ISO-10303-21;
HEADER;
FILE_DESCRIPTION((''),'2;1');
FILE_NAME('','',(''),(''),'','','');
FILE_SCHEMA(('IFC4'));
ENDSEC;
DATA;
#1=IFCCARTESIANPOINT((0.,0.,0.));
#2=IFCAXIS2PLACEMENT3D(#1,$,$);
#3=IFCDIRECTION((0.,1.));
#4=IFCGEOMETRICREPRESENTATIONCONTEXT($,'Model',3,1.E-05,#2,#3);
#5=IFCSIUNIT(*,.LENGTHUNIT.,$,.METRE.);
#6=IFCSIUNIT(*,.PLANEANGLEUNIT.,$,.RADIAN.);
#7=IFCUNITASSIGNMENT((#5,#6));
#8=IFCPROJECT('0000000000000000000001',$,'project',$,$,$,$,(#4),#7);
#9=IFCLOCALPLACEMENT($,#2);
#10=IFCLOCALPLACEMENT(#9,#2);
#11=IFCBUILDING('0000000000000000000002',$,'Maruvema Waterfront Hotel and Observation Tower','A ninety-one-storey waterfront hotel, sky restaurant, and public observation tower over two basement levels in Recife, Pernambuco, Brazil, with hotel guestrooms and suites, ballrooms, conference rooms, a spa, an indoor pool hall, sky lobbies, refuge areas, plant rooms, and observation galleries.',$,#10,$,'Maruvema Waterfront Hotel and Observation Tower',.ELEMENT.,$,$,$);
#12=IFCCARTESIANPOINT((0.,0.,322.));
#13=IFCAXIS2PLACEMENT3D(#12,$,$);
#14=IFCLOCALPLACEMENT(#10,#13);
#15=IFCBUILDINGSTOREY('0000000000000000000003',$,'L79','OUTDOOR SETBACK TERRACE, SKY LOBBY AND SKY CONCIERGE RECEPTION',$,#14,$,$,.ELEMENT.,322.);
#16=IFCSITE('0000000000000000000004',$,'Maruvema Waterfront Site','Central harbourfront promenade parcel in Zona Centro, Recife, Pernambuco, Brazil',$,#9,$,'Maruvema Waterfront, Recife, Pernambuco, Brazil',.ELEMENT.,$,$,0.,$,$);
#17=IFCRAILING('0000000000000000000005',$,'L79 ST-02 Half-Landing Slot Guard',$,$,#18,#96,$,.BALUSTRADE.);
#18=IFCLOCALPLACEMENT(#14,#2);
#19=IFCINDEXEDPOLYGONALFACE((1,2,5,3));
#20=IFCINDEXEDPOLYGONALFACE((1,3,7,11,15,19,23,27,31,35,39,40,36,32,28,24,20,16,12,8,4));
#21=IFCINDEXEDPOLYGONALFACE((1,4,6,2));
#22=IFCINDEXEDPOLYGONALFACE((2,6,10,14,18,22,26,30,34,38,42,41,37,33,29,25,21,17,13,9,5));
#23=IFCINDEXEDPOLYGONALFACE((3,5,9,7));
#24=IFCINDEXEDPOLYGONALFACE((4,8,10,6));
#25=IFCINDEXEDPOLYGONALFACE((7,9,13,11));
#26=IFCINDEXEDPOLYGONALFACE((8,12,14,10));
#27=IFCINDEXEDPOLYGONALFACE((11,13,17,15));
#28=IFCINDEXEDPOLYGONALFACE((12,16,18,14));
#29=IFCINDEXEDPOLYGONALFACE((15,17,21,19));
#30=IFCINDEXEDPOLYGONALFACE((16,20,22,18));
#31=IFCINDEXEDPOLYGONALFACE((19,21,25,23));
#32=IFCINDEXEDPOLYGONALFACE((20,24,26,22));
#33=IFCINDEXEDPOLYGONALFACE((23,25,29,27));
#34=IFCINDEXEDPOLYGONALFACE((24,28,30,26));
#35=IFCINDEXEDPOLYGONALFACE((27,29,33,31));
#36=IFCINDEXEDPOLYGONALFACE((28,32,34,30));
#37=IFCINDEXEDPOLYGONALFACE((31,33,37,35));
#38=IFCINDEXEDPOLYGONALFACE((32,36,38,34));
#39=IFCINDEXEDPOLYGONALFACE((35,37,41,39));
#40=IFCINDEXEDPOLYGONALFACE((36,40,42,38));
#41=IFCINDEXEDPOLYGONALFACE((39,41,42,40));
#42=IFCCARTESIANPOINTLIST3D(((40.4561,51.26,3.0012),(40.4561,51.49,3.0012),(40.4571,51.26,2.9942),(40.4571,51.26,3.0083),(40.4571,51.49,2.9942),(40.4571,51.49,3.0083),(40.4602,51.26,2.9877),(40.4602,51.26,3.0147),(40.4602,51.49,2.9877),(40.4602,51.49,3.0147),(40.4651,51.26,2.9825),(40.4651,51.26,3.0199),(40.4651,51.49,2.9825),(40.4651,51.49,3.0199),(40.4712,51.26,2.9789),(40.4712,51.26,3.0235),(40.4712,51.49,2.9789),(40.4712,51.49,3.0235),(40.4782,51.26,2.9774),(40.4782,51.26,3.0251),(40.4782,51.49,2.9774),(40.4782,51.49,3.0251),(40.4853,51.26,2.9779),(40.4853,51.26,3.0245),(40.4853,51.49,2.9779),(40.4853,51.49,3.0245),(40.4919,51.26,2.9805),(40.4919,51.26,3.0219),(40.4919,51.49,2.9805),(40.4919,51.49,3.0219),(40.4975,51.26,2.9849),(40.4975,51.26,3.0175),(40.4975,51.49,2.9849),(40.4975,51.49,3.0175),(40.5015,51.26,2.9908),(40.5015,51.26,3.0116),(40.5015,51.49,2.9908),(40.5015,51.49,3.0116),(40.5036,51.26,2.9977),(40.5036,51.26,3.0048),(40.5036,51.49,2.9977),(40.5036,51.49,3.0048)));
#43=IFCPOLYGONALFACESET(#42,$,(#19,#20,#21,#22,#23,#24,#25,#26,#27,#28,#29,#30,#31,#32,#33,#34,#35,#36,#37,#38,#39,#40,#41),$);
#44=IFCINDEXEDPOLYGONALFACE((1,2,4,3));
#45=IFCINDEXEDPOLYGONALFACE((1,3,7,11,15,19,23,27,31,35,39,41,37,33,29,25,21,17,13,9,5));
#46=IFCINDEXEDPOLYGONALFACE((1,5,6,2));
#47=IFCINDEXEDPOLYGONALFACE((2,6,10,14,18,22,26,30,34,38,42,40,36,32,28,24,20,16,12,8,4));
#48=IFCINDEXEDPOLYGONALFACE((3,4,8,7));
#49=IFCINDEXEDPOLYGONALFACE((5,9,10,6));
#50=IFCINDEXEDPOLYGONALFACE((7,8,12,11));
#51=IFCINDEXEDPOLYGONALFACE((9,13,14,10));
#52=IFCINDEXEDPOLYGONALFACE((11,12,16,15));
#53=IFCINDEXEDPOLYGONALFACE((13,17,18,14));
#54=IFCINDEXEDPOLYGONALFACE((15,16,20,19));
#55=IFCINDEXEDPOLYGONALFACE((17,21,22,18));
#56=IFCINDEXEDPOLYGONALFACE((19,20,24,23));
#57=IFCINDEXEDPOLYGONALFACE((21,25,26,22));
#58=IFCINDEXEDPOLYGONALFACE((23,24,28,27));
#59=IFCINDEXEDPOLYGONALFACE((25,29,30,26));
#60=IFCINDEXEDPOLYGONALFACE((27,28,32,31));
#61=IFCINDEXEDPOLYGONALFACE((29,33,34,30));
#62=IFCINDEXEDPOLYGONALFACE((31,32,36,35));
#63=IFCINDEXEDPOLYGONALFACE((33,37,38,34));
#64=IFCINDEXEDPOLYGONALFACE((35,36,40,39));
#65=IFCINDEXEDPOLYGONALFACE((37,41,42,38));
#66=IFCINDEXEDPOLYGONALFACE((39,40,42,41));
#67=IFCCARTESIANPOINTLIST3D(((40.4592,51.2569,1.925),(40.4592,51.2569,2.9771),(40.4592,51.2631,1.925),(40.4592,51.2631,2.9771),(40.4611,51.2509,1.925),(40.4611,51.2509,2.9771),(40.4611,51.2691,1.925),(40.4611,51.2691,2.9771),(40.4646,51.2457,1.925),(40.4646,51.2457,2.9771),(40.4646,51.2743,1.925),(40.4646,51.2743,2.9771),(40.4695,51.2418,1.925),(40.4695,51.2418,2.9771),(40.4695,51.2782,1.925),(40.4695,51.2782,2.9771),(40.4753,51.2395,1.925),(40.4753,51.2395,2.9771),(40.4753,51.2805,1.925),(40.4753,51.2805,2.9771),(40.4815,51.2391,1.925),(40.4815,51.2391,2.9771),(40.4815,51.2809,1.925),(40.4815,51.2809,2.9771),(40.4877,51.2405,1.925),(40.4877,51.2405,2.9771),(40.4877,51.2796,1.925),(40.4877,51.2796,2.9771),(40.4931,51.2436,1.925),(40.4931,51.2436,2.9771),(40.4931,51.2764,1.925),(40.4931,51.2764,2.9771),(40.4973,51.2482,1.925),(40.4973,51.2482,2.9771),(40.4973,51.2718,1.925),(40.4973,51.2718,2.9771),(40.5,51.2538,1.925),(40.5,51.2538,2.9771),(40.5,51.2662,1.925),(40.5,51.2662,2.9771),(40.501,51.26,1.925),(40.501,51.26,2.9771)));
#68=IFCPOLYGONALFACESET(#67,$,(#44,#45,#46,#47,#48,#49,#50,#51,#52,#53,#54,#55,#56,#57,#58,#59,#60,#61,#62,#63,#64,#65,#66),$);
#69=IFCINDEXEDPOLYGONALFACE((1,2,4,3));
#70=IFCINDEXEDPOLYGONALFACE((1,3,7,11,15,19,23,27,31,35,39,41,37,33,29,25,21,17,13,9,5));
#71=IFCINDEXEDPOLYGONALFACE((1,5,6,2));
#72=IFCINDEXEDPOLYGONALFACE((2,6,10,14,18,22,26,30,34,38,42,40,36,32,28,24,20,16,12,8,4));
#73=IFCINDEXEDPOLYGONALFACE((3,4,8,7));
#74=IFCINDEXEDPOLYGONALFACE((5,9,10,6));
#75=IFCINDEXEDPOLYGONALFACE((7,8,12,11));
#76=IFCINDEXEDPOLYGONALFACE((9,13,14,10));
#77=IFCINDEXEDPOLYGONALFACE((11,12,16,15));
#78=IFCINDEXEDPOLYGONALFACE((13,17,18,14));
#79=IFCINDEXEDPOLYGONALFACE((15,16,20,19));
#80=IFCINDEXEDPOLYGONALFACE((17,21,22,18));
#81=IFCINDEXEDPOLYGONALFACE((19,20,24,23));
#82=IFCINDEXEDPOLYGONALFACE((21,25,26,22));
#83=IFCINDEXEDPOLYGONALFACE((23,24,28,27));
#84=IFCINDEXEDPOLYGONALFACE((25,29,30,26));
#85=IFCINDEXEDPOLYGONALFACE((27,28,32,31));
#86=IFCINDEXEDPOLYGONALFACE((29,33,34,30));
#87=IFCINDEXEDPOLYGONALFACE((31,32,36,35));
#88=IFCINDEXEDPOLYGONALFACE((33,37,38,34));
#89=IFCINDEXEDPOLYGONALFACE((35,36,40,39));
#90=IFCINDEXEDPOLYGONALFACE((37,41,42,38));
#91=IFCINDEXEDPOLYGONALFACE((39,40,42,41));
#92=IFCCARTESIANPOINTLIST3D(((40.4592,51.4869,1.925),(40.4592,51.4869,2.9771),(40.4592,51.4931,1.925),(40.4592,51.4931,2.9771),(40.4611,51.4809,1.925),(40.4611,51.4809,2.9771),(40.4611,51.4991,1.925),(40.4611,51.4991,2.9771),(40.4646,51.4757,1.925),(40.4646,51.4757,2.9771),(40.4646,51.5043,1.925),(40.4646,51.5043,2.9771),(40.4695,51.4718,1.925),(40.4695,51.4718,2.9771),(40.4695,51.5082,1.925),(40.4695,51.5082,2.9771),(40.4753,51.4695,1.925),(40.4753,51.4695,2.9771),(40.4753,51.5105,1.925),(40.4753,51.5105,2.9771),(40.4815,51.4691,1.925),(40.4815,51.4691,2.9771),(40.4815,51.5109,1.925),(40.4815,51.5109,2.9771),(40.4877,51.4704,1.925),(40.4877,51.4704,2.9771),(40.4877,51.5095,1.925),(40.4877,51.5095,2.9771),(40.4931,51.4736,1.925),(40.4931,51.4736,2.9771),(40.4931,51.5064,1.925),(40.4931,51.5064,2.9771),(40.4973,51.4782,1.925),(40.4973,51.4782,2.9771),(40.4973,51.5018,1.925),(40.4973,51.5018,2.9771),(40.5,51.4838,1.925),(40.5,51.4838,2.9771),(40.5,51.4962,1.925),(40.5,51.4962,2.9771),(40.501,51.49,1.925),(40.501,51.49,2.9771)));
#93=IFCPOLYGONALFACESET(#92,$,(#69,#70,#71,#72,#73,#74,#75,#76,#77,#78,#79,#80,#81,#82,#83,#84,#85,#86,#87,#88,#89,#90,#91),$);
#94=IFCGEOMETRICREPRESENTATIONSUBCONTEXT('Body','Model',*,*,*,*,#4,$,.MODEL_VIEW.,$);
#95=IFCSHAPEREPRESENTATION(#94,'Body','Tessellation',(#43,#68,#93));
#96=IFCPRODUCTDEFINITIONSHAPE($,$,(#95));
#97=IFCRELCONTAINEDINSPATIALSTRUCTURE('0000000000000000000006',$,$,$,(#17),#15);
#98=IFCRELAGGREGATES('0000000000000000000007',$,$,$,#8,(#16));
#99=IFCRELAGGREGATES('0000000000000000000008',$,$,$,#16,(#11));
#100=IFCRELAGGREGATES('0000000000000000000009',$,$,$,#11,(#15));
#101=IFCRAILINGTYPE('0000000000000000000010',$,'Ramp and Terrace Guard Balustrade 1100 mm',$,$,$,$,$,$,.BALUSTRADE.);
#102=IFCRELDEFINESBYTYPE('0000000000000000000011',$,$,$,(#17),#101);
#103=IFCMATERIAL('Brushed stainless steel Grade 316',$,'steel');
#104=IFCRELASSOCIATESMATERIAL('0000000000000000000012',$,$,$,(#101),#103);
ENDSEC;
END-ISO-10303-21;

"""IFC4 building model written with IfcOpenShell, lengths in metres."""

from ifc_helpers import new_model, si_unit, direction, frame, origin, origin_2d, place, context, subcontext, project, spatial, circle, extrude, material, type_object, element, save


model = new_model("IFC4")

# Units and contexts
model_context = context("Model", 3, precision=1e-05, world=origin(), true_north=direction((0.0, 1.0)))
body_context = subcontext(model_context, "Body", "Model", "MODEL_VIEW")
ifc_project = project(units=[si_unit("LENGTHUNIT", "METRE"), si_unit("PLANEANGLEUNIT", "RADIAN")], contexts=[model_context])

# Site, building, storey
site_placement = place(None, origin())
site = spatial("IfcSite", under=ifc_project, at=site_placement, Name="Maruvema Waterfront Site", Description="Central harbourfront promenade parcel in Zona Centro, Recife, Pernambuco, Brazil", LongName="Maruvema Waterfront, Recife, Pernambuco, Brazil", CompositionType="ELEMENT", RefElevation=0.0)
building_placement = place(site_placement, origin())
building = spatial("IfcBuilding", under=site, at=building_placement, Name="Maruvema Waterfront Hotel and Observation Tower", Description="A ninety-one-storey waterfront hotel, sky restaurant, and public observation tower over two basement levels in Recife, Pernambuco, Brazil, with hotel guestrooms and suites, ballrooms, conference rooms, a spa, an indoor pool hall, sky lobbies, refuge areas, plant rooms, and observation galleries.", LongName="Maruvema Waterfront Hotel and Observation Tower", CompositionType="ELEMENT")
storey_placement = place(building_placement, frame((0.0, 0.0, 322.0)))
storey = spatial("IfcBuildingStorey", under=building, at=storey_placement, Name="L79", Description="OUTDOOR SETBACK TERRACE, SKY LOBBY AND SKY CONCIERGE RECEPTION", CompositionType="ELEMENT", Elevation=322.0)

# Railing
ifc_material_1 = material(Name="Brushed stainless steel Grade 316", Category="steel")
railing_type_1 = type_object("IfcRailingType", Name="Ramp and Terrace Guard Balustrade 1100 mm", PredefinedType="BALUSTRADE", material=ifc_material_1)
railing_1_placement = place(storey_placement, frame((40.48, 51.26, 1.925)))
element("IfcRailing", 1, at=railing_1_placement, inside=storey, type_object=railing_type_1, Name="L79 ST-02 Half-Landing Slot Guard", PredefinedType="BALUSTRADE", context=body_context, shape_type="SweptSolid", body=[
    extrude(circle(Radius=0.0239, at=origin_2d()), frame((0.0, 0.0, 1.0762), z_axis=(0.0, 1.0, 0.0), x_axis=(-1.0, 0.0, 0.0)), (0.0, 0.0, 1.0), 0.23),
    extrude(circle(Radius=0.021, at=origin_2d()), origin(), (0.0, 0.0, 1.0), 1.052),
    extrude(circle(Radius=0.021, at=origin_2d()), frame((0.0, 0.23, 0.0)), (0.0, 0.0, 1.0), 1.052),
])

save(model, "model.ifc")
